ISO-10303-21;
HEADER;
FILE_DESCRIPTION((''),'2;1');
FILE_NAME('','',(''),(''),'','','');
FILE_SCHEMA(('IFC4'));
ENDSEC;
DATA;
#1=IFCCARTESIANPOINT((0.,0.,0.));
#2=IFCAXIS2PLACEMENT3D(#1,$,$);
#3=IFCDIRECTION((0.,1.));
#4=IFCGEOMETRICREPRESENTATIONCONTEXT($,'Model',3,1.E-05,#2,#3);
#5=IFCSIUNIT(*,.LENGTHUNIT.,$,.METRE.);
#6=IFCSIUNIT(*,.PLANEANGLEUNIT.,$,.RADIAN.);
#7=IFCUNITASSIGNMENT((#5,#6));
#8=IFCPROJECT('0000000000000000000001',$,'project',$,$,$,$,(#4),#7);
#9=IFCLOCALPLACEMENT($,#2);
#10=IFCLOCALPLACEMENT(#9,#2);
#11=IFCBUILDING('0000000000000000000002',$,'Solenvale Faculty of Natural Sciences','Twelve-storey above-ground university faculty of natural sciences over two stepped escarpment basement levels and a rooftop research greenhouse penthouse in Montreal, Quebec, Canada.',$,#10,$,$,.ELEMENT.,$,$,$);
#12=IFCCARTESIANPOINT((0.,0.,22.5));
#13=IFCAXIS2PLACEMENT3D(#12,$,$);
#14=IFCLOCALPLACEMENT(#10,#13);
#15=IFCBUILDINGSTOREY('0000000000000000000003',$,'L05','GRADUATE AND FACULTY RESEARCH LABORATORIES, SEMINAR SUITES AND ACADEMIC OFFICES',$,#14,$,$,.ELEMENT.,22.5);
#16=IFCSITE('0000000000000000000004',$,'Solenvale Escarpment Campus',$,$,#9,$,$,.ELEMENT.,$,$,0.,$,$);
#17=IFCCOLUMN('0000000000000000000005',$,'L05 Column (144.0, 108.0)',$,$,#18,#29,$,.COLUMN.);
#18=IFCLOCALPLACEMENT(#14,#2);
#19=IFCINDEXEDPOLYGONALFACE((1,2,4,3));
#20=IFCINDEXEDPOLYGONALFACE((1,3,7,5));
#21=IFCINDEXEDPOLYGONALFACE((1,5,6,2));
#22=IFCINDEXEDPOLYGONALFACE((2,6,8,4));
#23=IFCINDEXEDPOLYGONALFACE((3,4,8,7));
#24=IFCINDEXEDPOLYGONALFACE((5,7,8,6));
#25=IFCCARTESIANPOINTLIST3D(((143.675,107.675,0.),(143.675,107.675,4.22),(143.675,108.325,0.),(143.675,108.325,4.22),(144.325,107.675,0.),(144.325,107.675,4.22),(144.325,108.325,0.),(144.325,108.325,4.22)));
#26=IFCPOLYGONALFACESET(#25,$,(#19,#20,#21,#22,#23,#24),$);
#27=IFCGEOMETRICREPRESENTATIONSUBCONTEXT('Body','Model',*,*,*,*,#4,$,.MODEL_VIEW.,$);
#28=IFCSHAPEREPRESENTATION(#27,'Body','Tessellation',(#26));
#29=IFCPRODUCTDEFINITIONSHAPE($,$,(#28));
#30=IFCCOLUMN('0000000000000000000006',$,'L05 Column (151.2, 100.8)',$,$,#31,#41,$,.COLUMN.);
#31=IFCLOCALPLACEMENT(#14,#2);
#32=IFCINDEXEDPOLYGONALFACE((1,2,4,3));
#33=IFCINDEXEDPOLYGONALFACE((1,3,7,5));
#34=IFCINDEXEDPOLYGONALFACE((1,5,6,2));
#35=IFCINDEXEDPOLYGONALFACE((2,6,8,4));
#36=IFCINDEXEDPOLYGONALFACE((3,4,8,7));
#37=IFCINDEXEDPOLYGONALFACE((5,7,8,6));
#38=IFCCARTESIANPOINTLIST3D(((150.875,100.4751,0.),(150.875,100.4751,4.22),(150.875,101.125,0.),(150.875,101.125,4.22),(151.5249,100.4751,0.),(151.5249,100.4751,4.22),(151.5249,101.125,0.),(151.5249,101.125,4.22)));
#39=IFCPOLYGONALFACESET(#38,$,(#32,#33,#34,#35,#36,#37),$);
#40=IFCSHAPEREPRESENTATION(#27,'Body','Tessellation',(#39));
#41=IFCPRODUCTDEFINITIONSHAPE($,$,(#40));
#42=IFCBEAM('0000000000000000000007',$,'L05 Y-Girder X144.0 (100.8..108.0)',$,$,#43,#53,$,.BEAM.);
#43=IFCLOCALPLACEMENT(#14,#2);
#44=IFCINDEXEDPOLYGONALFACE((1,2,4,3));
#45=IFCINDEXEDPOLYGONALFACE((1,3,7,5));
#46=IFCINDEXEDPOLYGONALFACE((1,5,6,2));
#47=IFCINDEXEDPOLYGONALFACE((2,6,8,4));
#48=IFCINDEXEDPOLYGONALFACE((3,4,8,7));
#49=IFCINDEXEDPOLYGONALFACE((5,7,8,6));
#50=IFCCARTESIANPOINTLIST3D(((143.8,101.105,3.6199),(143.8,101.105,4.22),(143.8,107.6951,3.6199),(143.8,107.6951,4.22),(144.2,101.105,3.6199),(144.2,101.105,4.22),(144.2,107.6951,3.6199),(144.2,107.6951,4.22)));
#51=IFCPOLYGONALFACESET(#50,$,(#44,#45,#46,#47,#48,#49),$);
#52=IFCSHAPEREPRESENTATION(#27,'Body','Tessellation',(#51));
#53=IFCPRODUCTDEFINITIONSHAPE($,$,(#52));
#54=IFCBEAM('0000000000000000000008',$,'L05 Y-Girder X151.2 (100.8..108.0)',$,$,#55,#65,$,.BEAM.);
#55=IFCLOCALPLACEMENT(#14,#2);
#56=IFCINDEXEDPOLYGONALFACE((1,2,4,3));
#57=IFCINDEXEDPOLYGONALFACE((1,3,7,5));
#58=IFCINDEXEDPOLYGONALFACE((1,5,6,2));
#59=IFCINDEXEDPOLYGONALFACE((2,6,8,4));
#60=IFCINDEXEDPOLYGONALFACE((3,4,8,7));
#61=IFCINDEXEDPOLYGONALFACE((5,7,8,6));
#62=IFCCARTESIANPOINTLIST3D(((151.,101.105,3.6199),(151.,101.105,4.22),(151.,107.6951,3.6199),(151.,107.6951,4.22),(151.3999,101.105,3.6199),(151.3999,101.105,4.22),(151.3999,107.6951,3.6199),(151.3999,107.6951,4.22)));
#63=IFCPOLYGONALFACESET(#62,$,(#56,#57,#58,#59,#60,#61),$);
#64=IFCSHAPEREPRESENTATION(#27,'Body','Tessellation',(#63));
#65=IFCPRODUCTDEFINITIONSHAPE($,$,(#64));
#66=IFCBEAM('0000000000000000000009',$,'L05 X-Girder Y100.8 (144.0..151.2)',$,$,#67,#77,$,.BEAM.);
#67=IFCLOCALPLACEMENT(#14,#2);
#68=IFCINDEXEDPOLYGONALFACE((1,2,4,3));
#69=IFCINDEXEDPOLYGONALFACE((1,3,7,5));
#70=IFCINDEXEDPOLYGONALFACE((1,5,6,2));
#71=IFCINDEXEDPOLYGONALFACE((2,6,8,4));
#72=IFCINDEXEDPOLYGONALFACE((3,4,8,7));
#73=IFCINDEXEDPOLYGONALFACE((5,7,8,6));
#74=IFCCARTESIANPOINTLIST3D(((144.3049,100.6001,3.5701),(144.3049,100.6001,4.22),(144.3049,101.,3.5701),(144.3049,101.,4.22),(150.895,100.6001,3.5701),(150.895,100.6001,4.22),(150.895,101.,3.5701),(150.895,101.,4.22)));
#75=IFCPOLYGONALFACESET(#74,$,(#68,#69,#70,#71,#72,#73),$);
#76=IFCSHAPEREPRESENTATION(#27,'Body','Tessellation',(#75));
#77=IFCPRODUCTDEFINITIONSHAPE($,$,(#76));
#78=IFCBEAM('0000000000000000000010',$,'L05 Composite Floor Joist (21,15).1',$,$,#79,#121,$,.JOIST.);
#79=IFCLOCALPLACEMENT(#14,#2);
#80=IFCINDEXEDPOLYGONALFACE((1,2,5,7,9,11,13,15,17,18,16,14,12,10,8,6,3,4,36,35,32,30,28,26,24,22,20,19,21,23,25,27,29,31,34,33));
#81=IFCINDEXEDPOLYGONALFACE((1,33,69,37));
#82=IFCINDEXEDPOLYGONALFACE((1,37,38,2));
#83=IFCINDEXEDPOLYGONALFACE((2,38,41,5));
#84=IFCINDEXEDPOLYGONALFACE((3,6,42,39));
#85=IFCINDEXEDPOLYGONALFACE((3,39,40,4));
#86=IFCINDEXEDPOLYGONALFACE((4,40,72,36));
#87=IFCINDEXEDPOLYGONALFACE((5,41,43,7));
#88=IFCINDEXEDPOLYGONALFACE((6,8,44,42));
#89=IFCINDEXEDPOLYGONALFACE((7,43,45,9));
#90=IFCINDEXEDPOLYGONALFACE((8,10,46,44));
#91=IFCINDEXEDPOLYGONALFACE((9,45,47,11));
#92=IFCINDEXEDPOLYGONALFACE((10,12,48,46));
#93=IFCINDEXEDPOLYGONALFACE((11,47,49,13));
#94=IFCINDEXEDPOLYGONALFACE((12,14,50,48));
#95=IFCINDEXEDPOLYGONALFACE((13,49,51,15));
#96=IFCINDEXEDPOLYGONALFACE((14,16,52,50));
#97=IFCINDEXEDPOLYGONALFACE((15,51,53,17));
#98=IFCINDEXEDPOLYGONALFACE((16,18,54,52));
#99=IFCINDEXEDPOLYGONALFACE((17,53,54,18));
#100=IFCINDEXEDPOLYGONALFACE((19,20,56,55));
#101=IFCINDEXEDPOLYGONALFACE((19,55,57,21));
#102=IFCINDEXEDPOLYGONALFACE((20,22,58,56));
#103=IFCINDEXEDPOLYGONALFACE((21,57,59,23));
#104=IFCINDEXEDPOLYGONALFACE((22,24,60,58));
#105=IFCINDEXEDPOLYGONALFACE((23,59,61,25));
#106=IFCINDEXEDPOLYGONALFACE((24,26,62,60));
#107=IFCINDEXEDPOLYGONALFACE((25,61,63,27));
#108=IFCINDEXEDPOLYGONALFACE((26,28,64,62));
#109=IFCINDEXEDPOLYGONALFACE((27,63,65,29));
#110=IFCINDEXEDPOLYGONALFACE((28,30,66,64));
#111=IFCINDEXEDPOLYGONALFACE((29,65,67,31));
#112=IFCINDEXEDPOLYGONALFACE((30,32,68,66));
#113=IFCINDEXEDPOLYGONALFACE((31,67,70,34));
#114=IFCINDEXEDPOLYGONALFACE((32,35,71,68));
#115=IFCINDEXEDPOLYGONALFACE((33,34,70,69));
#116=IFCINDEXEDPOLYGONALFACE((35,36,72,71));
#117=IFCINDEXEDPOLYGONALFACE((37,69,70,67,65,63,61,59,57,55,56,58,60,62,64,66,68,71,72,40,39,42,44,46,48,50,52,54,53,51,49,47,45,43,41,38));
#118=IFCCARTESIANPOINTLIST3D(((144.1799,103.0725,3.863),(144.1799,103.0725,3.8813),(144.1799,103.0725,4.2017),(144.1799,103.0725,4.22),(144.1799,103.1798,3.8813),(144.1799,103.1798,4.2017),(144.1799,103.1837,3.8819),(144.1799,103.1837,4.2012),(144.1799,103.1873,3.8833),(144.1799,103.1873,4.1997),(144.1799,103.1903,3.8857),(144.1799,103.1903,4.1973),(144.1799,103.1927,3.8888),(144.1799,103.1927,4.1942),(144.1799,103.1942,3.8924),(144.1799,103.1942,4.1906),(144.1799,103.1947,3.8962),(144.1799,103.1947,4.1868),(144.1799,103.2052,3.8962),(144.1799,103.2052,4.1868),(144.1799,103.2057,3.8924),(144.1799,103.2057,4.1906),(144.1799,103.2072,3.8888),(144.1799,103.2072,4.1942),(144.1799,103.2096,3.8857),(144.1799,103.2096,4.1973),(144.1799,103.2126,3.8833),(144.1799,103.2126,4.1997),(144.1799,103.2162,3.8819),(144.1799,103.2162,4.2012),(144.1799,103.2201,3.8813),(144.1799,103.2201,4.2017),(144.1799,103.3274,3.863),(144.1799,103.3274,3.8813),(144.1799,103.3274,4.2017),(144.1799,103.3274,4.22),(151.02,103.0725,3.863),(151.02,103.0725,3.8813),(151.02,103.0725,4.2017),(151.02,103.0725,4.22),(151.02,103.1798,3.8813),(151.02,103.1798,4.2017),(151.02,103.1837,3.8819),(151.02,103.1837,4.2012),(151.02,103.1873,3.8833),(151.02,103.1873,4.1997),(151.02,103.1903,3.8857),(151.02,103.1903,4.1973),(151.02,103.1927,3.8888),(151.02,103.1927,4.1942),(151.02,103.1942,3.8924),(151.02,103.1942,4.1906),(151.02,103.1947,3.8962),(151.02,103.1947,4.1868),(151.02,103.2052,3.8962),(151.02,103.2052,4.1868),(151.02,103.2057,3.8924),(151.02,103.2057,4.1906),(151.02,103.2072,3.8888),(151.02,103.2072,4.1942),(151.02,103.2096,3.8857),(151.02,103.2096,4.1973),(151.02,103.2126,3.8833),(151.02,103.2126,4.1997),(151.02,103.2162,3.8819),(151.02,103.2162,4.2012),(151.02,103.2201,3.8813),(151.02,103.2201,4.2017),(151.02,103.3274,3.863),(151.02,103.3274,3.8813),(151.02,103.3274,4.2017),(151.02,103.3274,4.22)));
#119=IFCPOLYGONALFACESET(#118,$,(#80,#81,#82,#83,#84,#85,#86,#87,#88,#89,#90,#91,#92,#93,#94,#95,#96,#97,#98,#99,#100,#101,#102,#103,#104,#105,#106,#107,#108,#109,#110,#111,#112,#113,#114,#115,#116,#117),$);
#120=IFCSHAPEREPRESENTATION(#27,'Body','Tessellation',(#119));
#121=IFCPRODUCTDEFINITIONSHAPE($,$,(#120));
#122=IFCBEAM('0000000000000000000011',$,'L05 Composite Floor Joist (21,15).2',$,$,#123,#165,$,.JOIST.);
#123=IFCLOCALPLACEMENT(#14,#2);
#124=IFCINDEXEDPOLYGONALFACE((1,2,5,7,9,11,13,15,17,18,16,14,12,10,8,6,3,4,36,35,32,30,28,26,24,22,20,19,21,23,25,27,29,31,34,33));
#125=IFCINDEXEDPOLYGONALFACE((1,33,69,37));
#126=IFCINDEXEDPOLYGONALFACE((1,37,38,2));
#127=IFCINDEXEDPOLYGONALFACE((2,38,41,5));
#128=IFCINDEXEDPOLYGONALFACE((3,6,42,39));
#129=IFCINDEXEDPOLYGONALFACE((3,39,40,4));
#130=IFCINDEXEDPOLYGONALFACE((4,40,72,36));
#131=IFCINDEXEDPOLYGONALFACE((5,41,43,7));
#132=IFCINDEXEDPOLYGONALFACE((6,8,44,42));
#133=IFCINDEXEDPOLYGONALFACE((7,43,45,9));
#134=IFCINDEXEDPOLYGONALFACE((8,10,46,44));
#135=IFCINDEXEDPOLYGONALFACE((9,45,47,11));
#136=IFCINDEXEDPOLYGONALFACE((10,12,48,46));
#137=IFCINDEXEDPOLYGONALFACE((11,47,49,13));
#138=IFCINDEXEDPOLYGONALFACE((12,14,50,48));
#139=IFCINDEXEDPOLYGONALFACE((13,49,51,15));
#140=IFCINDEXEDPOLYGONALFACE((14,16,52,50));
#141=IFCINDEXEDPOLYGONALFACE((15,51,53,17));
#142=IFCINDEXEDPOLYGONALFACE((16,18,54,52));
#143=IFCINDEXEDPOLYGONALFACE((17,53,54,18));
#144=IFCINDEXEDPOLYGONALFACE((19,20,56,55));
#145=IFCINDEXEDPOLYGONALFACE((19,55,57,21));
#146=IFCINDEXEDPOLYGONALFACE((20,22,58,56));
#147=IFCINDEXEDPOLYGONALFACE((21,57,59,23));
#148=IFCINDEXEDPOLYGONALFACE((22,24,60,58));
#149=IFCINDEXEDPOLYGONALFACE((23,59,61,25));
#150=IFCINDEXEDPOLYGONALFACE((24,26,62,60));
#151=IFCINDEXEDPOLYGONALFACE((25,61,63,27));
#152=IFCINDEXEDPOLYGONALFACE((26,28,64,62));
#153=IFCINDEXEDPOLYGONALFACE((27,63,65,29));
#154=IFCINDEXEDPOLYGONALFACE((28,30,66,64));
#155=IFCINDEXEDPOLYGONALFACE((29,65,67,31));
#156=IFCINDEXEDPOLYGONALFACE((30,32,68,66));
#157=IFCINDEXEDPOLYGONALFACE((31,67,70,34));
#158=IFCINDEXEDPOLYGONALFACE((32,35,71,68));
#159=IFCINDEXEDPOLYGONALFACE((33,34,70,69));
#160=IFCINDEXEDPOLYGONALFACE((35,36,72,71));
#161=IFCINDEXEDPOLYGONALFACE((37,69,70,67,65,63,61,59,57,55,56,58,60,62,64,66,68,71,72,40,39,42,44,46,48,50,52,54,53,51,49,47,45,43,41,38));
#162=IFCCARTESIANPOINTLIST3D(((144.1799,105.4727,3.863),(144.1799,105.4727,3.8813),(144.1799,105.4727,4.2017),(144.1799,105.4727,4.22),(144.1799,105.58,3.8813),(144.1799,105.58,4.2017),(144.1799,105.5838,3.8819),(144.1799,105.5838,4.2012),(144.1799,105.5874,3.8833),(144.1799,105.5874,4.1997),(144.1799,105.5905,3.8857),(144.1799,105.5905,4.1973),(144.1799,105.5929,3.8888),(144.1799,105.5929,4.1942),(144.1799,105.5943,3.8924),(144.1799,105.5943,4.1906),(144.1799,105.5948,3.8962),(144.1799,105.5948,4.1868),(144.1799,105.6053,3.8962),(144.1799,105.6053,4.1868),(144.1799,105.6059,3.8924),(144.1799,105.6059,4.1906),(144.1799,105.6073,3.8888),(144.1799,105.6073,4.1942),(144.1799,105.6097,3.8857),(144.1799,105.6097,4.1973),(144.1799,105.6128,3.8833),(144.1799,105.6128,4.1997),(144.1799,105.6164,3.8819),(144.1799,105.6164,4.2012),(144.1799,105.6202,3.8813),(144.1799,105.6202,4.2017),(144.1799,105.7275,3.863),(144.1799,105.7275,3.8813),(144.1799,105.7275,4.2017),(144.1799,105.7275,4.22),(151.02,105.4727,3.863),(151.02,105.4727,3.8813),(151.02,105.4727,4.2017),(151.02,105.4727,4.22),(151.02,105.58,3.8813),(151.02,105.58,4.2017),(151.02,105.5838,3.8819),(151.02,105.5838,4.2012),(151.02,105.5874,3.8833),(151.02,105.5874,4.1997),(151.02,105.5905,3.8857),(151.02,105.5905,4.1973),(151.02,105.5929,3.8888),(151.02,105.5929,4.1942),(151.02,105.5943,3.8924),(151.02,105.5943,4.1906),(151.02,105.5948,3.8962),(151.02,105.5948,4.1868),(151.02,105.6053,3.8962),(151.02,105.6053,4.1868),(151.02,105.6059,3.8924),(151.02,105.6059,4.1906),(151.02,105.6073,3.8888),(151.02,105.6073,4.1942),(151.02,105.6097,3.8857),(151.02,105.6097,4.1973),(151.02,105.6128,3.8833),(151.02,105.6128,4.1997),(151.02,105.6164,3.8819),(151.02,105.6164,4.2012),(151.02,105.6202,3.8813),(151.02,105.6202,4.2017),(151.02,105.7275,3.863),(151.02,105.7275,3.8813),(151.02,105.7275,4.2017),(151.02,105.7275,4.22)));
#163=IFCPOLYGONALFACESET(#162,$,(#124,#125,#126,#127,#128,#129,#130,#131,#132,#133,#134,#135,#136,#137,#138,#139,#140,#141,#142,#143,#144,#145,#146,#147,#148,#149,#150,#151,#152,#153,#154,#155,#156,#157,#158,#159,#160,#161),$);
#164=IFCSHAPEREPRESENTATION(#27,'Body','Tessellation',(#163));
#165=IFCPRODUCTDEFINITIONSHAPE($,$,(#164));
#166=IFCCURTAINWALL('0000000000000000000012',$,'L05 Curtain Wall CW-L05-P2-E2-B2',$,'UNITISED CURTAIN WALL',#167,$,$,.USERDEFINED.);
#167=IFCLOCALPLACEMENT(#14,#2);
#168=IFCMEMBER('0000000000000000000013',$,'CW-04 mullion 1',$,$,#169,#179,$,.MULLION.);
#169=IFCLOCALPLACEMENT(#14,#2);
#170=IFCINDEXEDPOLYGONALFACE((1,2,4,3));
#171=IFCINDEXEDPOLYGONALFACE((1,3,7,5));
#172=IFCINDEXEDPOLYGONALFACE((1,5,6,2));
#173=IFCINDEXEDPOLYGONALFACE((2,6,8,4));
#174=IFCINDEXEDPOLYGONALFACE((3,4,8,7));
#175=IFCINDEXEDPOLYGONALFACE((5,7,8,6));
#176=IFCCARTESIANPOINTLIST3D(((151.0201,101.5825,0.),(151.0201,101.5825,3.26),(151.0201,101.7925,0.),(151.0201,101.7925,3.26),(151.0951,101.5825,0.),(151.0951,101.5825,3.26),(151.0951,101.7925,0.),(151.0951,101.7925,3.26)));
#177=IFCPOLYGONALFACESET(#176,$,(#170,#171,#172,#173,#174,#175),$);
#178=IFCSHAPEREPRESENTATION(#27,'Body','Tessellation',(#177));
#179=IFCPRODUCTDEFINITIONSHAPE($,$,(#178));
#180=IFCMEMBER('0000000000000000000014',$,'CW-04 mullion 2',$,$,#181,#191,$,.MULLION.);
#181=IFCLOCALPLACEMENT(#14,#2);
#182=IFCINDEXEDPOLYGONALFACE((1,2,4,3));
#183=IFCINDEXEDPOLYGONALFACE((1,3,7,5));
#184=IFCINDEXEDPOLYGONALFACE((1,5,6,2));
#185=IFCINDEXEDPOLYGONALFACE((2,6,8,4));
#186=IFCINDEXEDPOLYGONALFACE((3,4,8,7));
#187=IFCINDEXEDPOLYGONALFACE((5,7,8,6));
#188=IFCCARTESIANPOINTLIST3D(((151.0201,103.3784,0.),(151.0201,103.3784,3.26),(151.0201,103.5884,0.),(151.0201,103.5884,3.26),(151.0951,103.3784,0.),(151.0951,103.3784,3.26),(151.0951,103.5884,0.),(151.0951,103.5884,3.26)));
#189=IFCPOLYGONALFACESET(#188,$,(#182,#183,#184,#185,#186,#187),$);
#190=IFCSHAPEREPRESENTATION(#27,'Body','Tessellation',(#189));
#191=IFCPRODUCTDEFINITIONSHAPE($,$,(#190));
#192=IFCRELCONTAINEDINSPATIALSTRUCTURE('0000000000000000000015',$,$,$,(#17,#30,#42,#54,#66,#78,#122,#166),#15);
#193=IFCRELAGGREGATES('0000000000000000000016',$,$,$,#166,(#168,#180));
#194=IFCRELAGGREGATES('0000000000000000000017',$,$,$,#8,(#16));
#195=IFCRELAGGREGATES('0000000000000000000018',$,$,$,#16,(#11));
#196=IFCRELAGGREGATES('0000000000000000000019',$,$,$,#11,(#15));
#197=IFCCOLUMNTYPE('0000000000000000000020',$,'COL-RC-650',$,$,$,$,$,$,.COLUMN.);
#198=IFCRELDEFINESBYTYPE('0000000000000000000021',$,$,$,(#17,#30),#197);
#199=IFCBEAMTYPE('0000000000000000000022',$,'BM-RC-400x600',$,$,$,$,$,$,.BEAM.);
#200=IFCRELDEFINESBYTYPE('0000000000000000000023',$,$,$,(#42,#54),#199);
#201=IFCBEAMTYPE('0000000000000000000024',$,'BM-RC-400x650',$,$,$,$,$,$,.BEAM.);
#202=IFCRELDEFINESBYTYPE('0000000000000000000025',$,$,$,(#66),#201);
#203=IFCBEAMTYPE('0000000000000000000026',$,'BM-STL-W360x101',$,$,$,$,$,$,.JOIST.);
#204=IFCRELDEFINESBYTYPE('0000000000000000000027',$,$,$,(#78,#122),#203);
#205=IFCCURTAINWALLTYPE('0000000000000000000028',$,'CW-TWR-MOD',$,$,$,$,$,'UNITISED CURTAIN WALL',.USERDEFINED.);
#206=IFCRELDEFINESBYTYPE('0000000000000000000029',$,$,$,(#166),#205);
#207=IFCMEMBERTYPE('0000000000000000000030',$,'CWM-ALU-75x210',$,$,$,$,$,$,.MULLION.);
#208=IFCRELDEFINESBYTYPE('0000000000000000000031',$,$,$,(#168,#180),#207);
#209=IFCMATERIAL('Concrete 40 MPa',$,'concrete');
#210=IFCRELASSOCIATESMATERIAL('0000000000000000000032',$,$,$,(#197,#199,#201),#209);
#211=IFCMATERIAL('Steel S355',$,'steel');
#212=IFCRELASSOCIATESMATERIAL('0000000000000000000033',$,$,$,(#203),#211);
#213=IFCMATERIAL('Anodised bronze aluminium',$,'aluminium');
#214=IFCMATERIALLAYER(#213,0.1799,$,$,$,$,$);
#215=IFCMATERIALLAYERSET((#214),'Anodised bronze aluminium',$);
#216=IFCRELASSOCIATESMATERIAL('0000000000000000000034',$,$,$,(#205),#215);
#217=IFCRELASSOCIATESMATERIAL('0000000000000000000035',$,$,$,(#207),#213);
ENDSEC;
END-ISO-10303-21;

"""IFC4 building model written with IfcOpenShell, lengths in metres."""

from ifc_helpers import new_model, si_unit, direction, frame, origin, origin_2d, place, context, subcontext, project, spatial, rectangle, i_section, extrude, material, layer, layer_set, material_profile, profile_set, type_object, element, aggregate, save


model = new_model("IFC4")

# Units and contexts
model_context = context("Model", 3, precision=1e-05, world=origin(), true_north=direction((0.0, 1.0)))
body_context = subcontext(model_context, "Body", "Model", "MODEL_VIEW")
ifc_project = project(units=[si_unit("LENGTHUNIT", "METRE"), si_unit("PLANEANGLEUNIT", "RADIAN")], contexts=[model_context])

# Site, building, storey
site_placement = place(None, origin())
site = spatial("IfcSite", under=ifc_project, at=site_placement, Name="Solenvale Escarpment Campus", CompositionType="ELEMENT", RefElevation=0.0)
building_placement = place(site_placement, origin())
building = spatial("IfcBuilding", under=site, at=building_placement, Name="Solenvale Faculty of Natural Sciences", Description="Twelve-storey above-ground university faculty of natural sciences over two stepped escarpment basement levels and a rooftop research greenhouse penthouse in Montreal, Quebec, Canada.", CompositionType="ELEMENT")
storey_placement = place(building_placement, frame((0.0, 0.0, 22.5)))
storey = spatial("IfcBuildingStorey", under=building, at=storey_placement, Name="L05", Description="GRADUATE AND FACULTY RESEARCH LABORATORIES, SEMINAR SUITES AND ACADEMIC OFFICES", CompositionType="ELEMENT", Elevation=22.5)

# Columns
ifc_material_1 = material(Name="Concrete 40 MPa", Category="concrete")
ifc_material_profile_1 = material_profile(ifc_material_1, rectangle(XDim=0.6499, YDim=0.6499, at=origin_2d()), Name="RC-COL-650x650")
ifc_profile_set_1 = profile_set([ifc_material_profile_1], Name="Concrete 40 MPa")
column_type = type_object("IfcColumnType", Name="COL-RC-650", PredefinedType="COLUMN", material=ifc_profile_set_1)
for number, where, z_axis, x_axis, name in (
    (1, (144.0, 108.0, 0.0), (0.0, 0.0, 1.0), (1.0, 0.0, 0.0), "L05 Column (144.0, 108.0)"),
    (2, (151.2, 100.8, 0.0), (0.0, 0.0, 1.0), (1.0, 0.0, 0.0), "L05 Column (151.2, 100.8)"),
):
    element("IfcColumn", number, at=place(storey_placement, frame(where, z_axis=z_axis, x_axis=x_axis)), inside=storey, type_object=column_type, Name=name, PredefinedType="COLUMN", context=body_context, shape_type="SweptSolid", body=[
        extrude(rectangle(XDim=0.6499, YDim=0.6499, at=origin_2d()), origin(), (0.0, 0.0, 1.0), 4.22),
    ])

# Beams
ifc_material_profile_2 = material_profile(ifc_material_1, rectangle(XDim=0.3999, YDim=0.6001, at=origin_2d()), Name="RC-BM-400x600")
ifc_profile_set_2 = profile_set([ifc_material_profile_2], Name="Concrete 40 MPa")
beam_type_1 = type_object("IfcBeamType", Name="BM-RC-400x600", PredefinedType="BEAM", material=ifc_profile_set_2)
for number, where, z_axis, x_axis, name in (
    (3, (144.0, 101.105, 3.9199), (0.0, 1.0, 0.0), (-1.0, 0.0, 0.0), "L05 Y-Girder X144.0 (100.8..108.0)"),
    (4, (151.2, 101.105, 3.9199), (0.0, 1.0, 0.0), (-1.0, 0.0, 0.0), "L05 Y-Girder X151.2 (100.8..108.0)"),
):
    element("IfcBeam", number, at=place(storey_placement, frame(where, z_axis=z_axis, x_axis=x_axis)), inside=storey, type_object=beam_type_1, Name=name, PredefinedType="BEAM", context=body_context, shape_type="SweptSolid", body=[
        extrude(rectangle(XDim=0.3999, YDim=0.6001, at=origin_2d()), origin(), (0.0, 0.0, 1.0), 6.5901),
    ])
ifc_material_profile_3 = material_profile(ifc_material_1, rectangle(XDim=0.3999, YDim=0.6499, at=origin_2d()), Name="RC-BM-400x650")
ifc_profile_set_3 = profile_set([ifc_material_profile_3], Name="Concrete 40 MPa")
beam_type_2 = type_object("IfcBeamType", Name="BM-RC-400x650", PredefinedType="BEAM", material=ifc_profile_set_3)
beam_placement = place(storey_placement, frame((144.3049, 100.8, 3.895), z_axis=(1.0, 0.0, 0.0), x_axis=(0.0, 1.0, 0.0)))
element("IfcBeam", 5, at=beam_placement, inside=storey, type_object=beam_type_2, Name="L05 X-Girder Y100.8 (144.0..151.2)", PredefinedType="BEAM", context=body_context, shape_type="SweptSolid", body=[
    extrude(rectangle(XDim=0.3999, YDim=0.6499, at=origin_2d()), origin(), (0.0, 0.0, 1.0), 6.5901),
])
ifc_material_2 = material(Name="Steel S355", Category="steel")
ifc_material_profile_4 = material_profile(ifc_material_2, i_section(OverallWidth=0.2549, OverallDepth=0.3569, WebThickness=0.0105, FlangeThickness=0.0183, FilletRadius=0.0149, at=origin_2d()), Name="W360x101")
ifc_profile_set_4 = profile_set([ifc_material_profile_4], Name="Steel S355")
beam_type_3 = type_object("IfcBeamType", Name="BM-STL-W360x101", PredefinedType="JOIST", material=ifc_profile_set_4)
for number, where, z_axis, x_axis, name in (
    (6, (144.1799, 103.2, 4.0415), (1.0, 0.0, 0.0), (0.0, 1.0, 0.0), "L05 Composite Floor Joist (21,15).1"),
    (7, (144.1799, 105.6001, 4.0415), (1.0, 0.0, 0.0), (0.0, 1.0, 0.0), "L05 Composite Floor Joist (21,15).2"),
):
    element("IfcBeam", number, at=place(storey_placement, frame(where, z_axis=z_axis, x_axis=x_axis)), inside=storey, type_object=beam_type_3, Name=name, PredefinedType="JOIST", context=body_context, shape_type="SweptSolid", body=[
        extrude(i_section(OverallWidth=0.2549, OverallDepth=0.3569, WebThickness=0.0105, FlangeThickness=0.0183, FilletRadius=0.0149, at=origin_2d()), origin(), (0.0, 0.0, 1.0), 6.8401),
    ])

# Curtain wall, members
ifc_material_3 = material(Name="Anodised bronze aluminium", Category="aluminium")
ifc_layer_1 = layer(ifc_material_3, 0.1799)
ifc_layer_set_1 = layer_set([ifc_layer_1], Name="Anodised bronze aluminium")
curtain_wall_type = type_object("IfcCurtainWallType", Name="CW-TWR-MOD", ElementType="UNITISED CURTAIN WALL", PredefinedType="USERDEFINED", material=ifc_layer_set_1)
curtain_wall_placement = place(storey_placement, origin())
curtain_wall = element("IfcCurtainWall", 8, at=curtain_wall_placement, inside=storey, type_object=curtain_wall_type, Name="L05 Curtain Wall CW-L05-P2-E2-B2", ObjectType="UNITISED CURTAIN WALL", PredefinedType="USERDEFINED")
ifc_material_profile_5 = material_profile(ifc_material_3, rectangle(XDim=0.075, YDim=0.21, at=origin_2d()), Name="ALU-MUL-75x210")
ifc_profile_set_5 = profile_set([ifc_material_profile_5], Name="Anodised bronze aluminium")
member_type_1 = type_object("IfcMemberType", Name="CWM-ALU-75x210", PredefinedType="MULLION", material=ifc_profile_set_5)
member_1_placement = place(storey_placement, frame((151.0576, 101.6875, 0.0), z_axis=(0.0, 0.0, 1.0), x_axis=(-1.0, 0.0, 0.0)))
member_1 = element("IfcMember", 9, at=member_1_placement, type_object=member_type_1, Name="CW-04 mullion 1", PredefinedType="MULLION", context=body_context, shape_type="SweptSolid", body=[
    extrude(rectangle(XDim=0.075, YDim=0.21, at=origin_2d()), origin(), (0.0, 0.0, 1.0), 3.26),
])
member_2_placement = place(storey_placement, frame((151.0576, 103.4834, 0.0), z_axis=(0.0, 0.0, 1.0), x_axis=(-1.0, 0.0, 0.0)))
member_2 = element("IfcMember", 10, at=member_2_placement, type_object=member_type_1, Name="CW-04 mullion 2", PredefinedType="MULLION", context=body_context, shape_type="SweptSolid", body=[
    extrude(rectangle(XDim=0.075, YDim=0.21, at=origin_2d()), origin(), (0.0, 0.0, 1.0), 3.26),
])
aggregate(curtain_wall, [member_1, member_2])

save(model, "model.ifc")
